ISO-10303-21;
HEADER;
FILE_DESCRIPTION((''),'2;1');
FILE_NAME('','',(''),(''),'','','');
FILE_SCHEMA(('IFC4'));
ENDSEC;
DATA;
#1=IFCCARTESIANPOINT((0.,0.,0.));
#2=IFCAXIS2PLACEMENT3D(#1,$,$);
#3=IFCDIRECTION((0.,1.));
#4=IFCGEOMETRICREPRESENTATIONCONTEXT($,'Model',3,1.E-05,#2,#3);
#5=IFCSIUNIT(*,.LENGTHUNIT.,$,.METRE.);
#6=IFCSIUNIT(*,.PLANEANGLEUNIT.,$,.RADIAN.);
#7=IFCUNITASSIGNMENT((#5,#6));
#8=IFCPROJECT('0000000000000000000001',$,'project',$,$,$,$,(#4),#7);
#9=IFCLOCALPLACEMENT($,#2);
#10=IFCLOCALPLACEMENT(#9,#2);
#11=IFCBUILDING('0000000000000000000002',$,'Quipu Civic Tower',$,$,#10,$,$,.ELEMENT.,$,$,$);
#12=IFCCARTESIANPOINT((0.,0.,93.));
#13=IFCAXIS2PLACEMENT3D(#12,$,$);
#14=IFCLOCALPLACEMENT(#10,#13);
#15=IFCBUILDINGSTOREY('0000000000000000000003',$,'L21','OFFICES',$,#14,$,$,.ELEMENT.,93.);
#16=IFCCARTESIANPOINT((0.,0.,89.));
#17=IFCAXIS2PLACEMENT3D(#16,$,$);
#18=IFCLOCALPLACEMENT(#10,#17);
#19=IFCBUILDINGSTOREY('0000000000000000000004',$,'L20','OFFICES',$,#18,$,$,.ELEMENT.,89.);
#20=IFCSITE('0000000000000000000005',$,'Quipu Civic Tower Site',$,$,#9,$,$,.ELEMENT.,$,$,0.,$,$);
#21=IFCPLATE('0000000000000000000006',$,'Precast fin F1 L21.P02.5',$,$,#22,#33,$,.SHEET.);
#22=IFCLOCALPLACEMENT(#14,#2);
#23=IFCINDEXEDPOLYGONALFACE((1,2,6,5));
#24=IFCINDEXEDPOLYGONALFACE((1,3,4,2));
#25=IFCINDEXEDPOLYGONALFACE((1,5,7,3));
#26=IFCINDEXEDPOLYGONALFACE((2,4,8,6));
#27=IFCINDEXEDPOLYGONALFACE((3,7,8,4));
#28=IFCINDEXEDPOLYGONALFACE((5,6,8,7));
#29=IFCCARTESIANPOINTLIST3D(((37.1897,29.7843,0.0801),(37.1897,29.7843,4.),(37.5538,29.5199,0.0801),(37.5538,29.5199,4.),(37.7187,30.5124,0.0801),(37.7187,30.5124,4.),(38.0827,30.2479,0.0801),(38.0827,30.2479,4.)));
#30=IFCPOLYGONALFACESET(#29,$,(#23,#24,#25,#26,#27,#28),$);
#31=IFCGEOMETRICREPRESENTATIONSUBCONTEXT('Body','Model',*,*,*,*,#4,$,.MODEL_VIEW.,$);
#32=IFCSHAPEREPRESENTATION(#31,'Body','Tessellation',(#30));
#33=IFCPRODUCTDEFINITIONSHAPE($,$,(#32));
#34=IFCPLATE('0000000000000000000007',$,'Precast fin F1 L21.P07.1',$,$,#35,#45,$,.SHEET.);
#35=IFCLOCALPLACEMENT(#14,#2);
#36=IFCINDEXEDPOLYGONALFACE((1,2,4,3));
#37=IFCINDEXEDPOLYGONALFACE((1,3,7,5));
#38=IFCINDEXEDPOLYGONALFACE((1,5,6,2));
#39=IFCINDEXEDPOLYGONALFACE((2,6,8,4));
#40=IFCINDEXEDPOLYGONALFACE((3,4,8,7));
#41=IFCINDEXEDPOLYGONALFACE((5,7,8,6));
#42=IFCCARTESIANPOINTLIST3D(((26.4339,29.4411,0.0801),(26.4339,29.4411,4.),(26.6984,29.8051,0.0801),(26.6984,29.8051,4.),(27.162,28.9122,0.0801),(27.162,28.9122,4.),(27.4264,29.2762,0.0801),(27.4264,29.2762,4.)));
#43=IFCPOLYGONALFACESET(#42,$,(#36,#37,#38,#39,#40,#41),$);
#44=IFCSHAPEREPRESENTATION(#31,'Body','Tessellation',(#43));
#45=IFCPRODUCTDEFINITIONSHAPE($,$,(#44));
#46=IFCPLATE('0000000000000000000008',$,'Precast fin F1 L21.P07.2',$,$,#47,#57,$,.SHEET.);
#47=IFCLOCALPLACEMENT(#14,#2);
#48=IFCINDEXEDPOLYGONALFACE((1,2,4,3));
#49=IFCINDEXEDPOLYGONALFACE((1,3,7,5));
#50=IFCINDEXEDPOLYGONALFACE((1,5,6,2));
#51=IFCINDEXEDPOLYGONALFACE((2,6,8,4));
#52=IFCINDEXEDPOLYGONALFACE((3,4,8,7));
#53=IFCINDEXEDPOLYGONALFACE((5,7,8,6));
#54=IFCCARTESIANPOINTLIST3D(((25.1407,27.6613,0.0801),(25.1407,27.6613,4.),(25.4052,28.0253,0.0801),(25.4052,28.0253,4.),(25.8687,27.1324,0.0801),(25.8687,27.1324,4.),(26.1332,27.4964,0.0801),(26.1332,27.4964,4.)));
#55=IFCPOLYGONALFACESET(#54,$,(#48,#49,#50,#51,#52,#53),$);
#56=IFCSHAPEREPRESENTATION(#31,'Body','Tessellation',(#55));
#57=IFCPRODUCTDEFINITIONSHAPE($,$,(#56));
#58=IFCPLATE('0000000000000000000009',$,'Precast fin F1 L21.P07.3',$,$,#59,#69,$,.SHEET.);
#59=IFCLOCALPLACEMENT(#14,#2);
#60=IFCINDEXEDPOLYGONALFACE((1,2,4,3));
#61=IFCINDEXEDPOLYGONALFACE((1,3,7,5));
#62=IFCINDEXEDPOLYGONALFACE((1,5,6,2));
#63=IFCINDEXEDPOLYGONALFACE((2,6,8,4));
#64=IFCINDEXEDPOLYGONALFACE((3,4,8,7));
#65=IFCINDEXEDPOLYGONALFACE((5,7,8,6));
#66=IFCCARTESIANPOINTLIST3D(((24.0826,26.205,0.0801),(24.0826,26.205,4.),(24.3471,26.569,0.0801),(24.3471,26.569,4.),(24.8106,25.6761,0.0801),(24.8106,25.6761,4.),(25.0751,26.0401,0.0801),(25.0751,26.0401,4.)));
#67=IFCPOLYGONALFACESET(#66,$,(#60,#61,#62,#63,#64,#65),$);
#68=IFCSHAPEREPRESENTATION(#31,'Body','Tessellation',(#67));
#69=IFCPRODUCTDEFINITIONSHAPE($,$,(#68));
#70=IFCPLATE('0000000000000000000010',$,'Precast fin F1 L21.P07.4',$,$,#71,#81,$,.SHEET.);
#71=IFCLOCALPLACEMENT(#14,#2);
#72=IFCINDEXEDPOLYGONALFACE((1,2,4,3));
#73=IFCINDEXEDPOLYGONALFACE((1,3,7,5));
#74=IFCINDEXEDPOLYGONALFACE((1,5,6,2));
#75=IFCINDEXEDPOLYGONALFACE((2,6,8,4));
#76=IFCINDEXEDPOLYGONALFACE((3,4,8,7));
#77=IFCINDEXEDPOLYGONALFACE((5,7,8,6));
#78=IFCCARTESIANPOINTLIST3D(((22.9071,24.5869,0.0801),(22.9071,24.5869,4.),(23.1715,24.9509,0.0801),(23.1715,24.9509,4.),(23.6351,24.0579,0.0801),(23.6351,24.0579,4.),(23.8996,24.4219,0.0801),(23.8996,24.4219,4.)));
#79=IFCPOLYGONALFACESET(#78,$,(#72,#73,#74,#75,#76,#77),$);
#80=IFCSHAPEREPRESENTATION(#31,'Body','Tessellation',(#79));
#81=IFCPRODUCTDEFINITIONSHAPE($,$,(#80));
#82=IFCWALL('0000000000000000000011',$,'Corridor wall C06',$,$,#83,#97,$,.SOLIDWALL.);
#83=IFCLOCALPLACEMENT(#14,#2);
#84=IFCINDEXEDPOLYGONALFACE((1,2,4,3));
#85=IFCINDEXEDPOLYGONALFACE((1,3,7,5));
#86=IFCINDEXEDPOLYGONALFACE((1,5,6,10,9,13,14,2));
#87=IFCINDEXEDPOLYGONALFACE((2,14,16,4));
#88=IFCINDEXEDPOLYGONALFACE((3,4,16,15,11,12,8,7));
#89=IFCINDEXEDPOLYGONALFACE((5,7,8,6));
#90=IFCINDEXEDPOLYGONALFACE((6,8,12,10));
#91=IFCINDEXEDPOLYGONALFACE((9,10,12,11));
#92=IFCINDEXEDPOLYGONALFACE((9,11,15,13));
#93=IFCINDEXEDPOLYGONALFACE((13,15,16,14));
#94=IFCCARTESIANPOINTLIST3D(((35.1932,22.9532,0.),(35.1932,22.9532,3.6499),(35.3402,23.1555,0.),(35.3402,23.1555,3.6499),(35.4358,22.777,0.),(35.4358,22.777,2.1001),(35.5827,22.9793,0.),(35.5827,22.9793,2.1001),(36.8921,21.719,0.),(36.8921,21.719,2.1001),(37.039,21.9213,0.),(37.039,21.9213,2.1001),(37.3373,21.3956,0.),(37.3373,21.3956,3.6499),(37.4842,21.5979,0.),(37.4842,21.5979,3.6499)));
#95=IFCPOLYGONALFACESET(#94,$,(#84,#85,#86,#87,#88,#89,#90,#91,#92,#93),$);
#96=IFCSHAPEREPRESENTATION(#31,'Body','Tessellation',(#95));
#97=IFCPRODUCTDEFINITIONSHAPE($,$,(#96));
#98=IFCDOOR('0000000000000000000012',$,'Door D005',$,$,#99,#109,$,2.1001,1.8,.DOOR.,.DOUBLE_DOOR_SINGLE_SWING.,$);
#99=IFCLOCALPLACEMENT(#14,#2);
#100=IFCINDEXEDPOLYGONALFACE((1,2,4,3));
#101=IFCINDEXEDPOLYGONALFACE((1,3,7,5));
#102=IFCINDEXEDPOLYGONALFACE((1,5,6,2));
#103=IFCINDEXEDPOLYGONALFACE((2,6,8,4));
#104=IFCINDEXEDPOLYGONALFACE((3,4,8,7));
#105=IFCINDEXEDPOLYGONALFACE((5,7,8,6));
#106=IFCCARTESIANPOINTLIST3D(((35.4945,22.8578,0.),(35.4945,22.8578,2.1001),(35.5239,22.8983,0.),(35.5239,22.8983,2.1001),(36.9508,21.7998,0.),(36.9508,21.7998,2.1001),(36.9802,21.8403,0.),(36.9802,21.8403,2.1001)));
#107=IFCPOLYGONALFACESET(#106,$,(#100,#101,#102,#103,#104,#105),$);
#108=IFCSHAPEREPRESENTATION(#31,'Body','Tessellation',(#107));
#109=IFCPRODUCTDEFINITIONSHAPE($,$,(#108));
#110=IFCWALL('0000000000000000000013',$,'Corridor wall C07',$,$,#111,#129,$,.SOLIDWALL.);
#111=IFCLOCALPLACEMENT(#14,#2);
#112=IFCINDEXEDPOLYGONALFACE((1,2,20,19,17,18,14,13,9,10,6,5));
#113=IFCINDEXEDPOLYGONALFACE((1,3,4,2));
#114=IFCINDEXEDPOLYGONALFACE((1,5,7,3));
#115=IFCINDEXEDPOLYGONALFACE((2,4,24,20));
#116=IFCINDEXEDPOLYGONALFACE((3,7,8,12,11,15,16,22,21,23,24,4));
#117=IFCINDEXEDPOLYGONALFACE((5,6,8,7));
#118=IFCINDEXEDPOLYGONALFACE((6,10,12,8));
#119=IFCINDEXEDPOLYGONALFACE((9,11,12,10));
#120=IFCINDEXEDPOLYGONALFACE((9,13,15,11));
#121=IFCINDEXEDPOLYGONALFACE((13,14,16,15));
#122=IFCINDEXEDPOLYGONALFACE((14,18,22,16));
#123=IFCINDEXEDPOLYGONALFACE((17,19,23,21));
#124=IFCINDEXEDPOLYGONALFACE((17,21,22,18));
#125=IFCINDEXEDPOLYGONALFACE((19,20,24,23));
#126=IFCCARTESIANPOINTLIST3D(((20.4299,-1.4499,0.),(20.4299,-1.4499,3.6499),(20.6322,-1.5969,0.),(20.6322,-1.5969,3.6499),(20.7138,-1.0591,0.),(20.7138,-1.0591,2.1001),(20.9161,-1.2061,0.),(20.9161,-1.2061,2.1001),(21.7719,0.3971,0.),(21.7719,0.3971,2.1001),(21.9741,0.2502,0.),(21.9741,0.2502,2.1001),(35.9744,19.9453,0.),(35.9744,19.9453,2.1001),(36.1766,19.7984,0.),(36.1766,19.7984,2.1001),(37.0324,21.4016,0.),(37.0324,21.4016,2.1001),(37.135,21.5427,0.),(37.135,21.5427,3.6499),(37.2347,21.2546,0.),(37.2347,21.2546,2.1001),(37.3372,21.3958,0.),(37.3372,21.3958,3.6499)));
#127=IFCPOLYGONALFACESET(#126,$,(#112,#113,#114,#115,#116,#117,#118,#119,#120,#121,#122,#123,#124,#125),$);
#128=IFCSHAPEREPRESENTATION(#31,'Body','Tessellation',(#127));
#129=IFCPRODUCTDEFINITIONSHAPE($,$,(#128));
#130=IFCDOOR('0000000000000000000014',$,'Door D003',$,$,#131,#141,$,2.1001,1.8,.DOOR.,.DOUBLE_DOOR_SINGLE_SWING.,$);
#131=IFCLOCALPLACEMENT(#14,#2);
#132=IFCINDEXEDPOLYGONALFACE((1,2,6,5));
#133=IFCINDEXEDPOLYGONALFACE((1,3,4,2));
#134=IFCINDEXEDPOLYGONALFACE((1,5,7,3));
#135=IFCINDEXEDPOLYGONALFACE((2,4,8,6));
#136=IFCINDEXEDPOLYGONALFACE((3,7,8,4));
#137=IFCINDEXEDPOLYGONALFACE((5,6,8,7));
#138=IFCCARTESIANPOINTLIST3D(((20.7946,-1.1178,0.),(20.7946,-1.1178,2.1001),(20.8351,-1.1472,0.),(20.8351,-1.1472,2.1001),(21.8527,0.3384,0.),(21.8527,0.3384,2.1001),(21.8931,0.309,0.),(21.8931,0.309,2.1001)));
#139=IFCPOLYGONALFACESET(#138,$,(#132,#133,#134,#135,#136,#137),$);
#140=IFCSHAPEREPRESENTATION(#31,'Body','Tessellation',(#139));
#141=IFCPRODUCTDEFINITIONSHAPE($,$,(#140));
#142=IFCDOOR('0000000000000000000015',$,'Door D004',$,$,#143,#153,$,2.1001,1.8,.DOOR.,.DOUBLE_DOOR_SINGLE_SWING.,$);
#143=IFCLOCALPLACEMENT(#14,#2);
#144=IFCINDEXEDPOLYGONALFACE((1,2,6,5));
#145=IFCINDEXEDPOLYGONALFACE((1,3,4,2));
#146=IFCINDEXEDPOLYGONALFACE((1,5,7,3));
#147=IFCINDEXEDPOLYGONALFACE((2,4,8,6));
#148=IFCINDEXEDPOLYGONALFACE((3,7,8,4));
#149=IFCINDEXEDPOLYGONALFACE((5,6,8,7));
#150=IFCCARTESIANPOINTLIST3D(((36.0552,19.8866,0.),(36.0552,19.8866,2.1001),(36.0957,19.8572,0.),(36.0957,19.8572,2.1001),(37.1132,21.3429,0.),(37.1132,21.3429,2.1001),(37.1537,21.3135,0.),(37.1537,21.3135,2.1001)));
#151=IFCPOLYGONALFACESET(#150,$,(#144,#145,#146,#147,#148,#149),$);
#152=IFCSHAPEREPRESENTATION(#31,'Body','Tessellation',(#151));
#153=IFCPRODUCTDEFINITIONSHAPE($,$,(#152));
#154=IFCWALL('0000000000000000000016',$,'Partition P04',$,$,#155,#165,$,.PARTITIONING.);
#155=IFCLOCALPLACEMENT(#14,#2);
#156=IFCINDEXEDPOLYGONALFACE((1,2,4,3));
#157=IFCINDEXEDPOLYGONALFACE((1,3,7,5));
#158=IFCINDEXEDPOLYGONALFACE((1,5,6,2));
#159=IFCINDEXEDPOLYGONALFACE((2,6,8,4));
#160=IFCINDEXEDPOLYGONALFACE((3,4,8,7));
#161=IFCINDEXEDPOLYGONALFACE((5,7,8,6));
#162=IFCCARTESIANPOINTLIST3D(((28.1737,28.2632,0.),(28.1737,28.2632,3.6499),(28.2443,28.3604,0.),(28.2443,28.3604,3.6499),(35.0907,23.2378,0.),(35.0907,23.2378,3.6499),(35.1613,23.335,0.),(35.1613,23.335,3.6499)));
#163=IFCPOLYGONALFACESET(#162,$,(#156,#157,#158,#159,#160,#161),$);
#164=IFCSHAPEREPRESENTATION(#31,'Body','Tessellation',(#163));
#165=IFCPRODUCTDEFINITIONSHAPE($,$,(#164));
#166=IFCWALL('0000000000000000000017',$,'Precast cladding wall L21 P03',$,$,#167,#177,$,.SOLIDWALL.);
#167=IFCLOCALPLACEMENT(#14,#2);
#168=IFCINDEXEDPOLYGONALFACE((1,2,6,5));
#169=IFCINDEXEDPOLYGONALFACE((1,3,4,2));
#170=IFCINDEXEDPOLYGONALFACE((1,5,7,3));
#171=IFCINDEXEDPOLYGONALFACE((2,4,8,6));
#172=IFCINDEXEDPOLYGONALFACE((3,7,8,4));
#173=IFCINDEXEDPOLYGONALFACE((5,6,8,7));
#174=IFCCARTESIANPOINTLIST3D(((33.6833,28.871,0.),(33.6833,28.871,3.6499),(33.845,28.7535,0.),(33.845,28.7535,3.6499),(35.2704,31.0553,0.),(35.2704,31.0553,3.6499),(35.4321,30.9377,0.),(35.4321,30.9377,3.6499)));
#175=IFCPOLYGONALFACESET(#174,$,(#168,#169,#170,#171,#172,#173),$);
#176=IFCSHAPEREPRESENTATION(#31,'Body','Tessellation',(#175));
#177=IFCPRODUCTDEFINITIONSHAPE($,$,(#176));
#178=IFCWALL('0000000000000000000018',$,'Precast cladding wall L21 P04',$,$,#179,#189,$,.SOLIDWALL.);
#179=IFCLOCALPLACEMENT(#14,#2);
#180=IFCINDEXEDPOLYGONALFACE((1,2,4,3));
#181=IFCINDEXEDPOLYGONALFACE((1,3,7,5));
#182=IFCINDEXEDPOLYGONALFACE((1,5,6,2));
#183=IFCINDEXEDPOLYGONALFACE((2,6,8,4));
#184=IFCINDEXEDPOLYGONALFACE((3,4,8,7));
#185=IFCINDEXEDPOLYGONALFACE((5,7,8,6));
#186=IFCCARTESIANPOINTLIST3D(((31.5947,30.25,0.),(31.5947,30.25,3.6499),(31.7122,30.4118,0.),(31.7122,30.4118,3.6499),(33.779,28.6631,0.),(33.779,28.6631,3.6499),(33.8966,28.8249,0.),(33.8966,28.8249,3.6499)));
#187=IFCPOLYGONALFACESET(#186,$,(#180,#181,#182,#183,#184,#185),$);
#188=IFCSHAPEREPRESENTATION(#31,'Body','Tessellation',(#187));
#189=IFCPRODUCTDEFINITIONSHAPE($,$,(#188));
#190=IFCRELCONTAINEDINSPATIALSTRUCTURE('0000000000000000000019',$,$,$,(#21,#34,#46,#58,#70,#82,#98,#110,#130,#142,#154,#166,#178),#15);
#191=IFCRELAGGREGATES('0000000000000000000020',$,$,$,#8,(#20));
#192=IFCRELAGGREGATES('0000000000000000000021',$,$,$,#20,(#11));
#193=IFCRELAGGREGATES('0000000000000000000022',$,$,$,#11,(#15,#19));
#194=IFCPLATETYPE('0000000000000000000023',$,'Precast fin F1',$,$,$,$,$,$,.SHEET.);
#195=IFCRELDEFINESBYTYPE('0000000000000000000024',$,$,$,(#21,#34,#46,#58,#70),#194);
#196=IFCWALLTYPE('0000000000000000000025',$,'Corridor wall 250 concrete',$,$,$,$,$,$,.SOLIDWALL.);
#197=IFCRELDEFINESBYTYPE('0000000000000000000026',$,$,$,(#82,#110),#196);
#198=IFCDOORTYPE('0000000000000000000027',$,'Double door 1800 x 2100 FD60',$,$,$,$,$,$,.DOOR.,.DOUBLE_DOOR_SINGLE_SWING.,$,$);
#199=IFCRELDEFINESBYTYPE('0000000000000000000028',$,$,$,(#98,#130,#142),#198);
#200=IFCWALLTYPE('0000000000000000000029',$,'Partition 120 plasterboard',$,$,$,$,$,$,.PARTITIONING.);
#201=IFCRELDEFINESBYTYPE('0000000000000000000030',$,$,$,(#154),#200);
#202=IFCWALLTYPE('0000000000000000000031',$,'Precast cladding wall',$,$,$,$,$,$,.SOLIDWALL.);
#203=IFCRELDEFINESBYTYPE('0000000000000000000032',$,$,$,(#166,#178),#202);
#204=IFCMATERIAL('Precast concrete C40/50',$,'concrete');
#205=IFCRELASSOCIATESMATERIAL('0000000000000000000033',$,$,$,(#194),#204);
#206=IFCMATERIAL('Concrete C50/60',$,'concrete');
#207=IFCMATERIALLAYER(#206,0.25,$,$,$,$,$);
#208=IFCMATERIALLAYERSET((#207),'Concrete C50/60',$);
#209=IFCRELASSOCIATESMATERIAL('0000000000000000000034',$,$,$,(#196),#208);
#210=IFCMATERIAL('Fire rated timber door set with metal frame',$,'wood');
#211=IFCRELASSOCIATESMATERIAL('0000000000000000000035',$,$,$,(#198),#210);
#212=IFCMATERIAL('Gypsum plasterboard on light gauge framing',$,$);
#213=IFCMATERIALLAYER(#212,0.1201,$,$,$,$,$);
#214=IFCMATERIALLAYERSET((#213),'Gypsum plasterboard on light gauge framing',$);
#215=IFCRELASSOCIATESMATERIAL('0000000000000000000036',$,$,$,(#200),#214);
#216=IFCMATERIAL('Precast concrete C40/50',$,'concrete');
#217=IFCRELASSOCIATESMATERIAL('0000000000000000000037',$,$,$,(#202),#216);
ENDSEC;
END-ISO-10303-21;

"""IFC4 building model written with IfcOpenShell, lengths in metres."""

from ifc_helpers import new_model, si_unit, direction, frame, frame_2d, origin, origin_2d, place, context, subcontext, project, spatial, rectangle, extrude, material, layer, layer_set, type_object, element, fill, save


model = new_model("IFC4")

# Units and contexts
model_context = context("Model", 3, precision=1e-05, world=origin(), true_north=direction((0.0, 1.0)))
body_context = subcontext(model_context, "Body", "Model", "MODEL_VIEW")
ifc_project = project(units=[si_unit("LENGTHUNIT", "METRE"), si_unit("PLANEANGLEUNIT", "RADIAN")], contexts=[model_context])

# Site, building, storey
site_placement = place(None, origin())
site = spatial("IfcSite", under=ifc_project, at=site_placement, Name="Quipu Civic Tower Site", CompositionType="ELEMENT", RefElevation=0.0)
building_placement = place(site_placement, origin())
building = spatial("IfcBuilding", under=site, at=building_placement, Name="Quipu Civic Tower", CompositionType="ELEMENT")
storey_1_placement = place(building_placement, frame((0.0, 0.0, 93.0)))
storey_1 = spatial("IfcBuildingStorey", under=building, at=storey_1_placement, Name="L21", Description="OFFICES", CompositionType="ELEMENT", Elevation=93.0)

# Shared definitions
storey_2_placement = place(building_placement, frame((0.0, 0.0, 89.0)))
storey_2 = spatial("IfcBuildingStorey", under=building, at=storey_2_placement, Name="L20", Description="OFFICES", CompositionType="ELEMENT", Elevation=89.0)

# Plates
ifc_material_1 = material(Name="Precast concrete C40/50", Category="concrete")
plate_type_1 = type_object("IfcPlateType", Name="Precast fin F1", PredefinedType="SHEET", material=ifc_material_1)
for number, where, z_axis, x_axis, name in (
    (1, (37.6362, 30.0161, 0.0801), (0.0, 0.0, 1.0), (-0.809017, 0.587785, 0.0), "Precast fin F1 L21.P02.5"),
    (2, (26.9302, 29.3586, 0.0801), (0.0, 0.0, 1.0), (-0.587787, -0.809016, 0.0), "Precast fin F1 L21.P07.1"),
    (3, (25.637, 27.5789, 0.0801), (0.0, 0.0, 1.0), (-0.587787, -0.809016, 0.0), "Precast fin F1 L21.P07.2"),
    (4, (24.5789, 26.1226, 0.0801), (0.0, 0.0, 1.0), (-0.587787, -0.809016, 0.0), "Precast fin F1 L21.P07.3"),
    (5, (23.4033, 24.5044, 0.0801), (0.0, 0.0, 1.0), (-0.587787, -0.809016, 0.0), "Precast fin F1 L21.P07.4"),
):
    element("IfcPlate", number, at=place(storey_1_placement, frame(where, z_axis=z_axis, x_axis=x_axis)), inside=storey_1, type_object=plate_type_1, Name=name, PredefinedType="SHEET", context=body_context, shape_type="SweptSolid", body=[
        extrude(rectangle(XDim=0.45, YDim=0.8999, at=origin_2d()), origin(), (0.0, 0.0, 1.0), 3.9199),
    ])

# Wall, opening, door
ifc_material_2 = material(Name="Concrete C50/60", Category="concrete")
ifc_layer_1 = layer(ifc_material_2, 0.25)
ifc_layer_set_1 = layer_set([ifc_layer_1], Name="Concrete C50/60")
wall_type_1 = type_object("IfcWallType", Name="Corridor wall 250 concrete", PredefinedType="SOLIDWALL", material=ifc_layer_set_1)
wall_1_placement = place(storey_1_placement, frame((35.2666, 23.0544, 0.0), z_axis=(0.0, 0.0, 1.0), x_axis=(0.809039, -0.587755, 0.0)))
wall_1 = element("IfcWall", 6, at=wall_1_placement, inside=storey_1, type_object=wall_type_1, Name="Corridor wall C06", PredefinedType="SOLIDWALL", context=body_context, shape_type="SweptSolid", body=[
    extrude(rectangle(XDim=2.6501, YDim=0.25, at=frame_2d((1.3252, 0.0))), origin(), (0.0, 0.0, 1.0), 3.6499),
])
opening_1_placement = place(wall_1_placement, frame((0.3, 0.0, 0.0)))
opening_1 = element("IfcOpeningElement", 7, at=opening_1_placement, cuts=wall_1, PredefinedType="OPENING", context=body_context, shape_type="SweptSolid", body=[
    extrude(rectangle(XDim=1.8, YDim=2.1001, at=frame_2d((0.8999, 1.05))), frame((0.0, 0.135, 0.0), z_axis=(0.0, -1.0, 0.0), x_axis=(1.0, 0.0, 0.0)), (0.0, 0.0, 1.0), 0.27),
])
ifc_material_3 = material(Name="Fire rated timber door set with metal frame", Category="wood")
door_type = type_object("IfcDoorType", Name="Double door 1800 x 2100 FD60", OperationType="DOUBLE_DOOR_SINGLE_SWING", PredefinedType="DOOR", material=ifc_material_3)
door_1_placement = place(opening_1_placement, origin())
door_1 = element("IfcDoor", 8, at=door_1_placement, inside=storey_1, type_object=door_type, Name="Door D005", OperationType="DOUBLE_DOOR_SINGLE_SWING", OverallHeight=2.1001, OverallWidth=1.8, PredefinedType="DOOR", context=body_context, shape_type="SweptSolid", body=[
    extrude(rectangle(XDim=1.8, YDim=2.1001, at=frame_2d((0.8999, 1.05))), frame((0.0, 0.0249, 0.0), z_axis=(0.0, -1.0, 0.0), x_axis=(1.0, 0.0, 0.0)), (0.0, 0.0, 1.0), 0.05),
])
fill(opening_1, door_1)

# Wall, openings, doors
wall_2_placement = place(storey_1_placement, frame((37.2361, 21.4692, 0.0), z_axis=(0.0, 0.0, 1.0), x_axis=(-0.587783, -0.809018, 0.0)))
wall_2 = element("IfcWall", 9, at=wall_2_placement, inside=storey_1, type_object=wall_type_1, Name="Corridor wall C07", PredefinedType="SOLIDWALL", context=body_context, shape_type="SweptSolid", body=[
    extrude(rectangle(XDim=28.4204, YDim=0.25, at=frame_2d((14.2102, 0.0))), origin(), (0.0, 0.0, 1.0), 3.6499),
])
opening_2_placement = place(wall_2_placement, frame((26.1375, 0.0, 0.0)))
opening_2 = element("IfcOpeningElement", 10, at=opening_2_placement, cuts=wall_2, PredefinedType="OPENING", context=body_context, shape_type="SweptSolid", body=[
    extrude(rectangle(XDim=1.8, YDim=2.1001, at=frame_2d((0.8999, 1.05))), frame((0.0, 0.135, 0.0), z_axis=(0.0, -1.0, 0.0), x_axis=(1.0, 0.0, 0.0)), (0.0, 0.0, 1.0), 0.27),
])
opening_3_placement = place(wall_2_placement, frame((0.1746, 0.0, 0.0)))
opening_3 = element("IfcOpeningElement", 11, at=opening_3_placement, cuts=wall_2, PredefinedType="OPENING", context=body_context, shape_type="SweptSolid", body=[
    extrude(rectangle(XDim=1.8, YDim=2.1001, at=frame_2d((0.8999, 1.05))), frame((0.0, 0.135, 0.0), z_axis=(0.0, -1.0, 0.0), x_axis=(1.0, 0.0, 0.0)), (0.0, 0.0, 1.0), 0.27),
])
door_2_placement = place(opening_2_placement, origin())
door_2 = element("IfcDoor", 12, at=door_2_placement, inside=storey_1, type_object=door_type, Name="Door D003", OperationType="DOUBLE_DOOR_SINGLE_SWING", OverallHeight=2.1001, OverallWidth=1.8, PredefinedType="DOOR", context=body_context, shape_type="SweptSolid", body=[
    extrude(rectangle(XDim=1.8, YDim=2.1001, at=frame_2d((0.8999, 1.05))), frame((0.0, 0.0249, 0.0), z_axis=(0.0, -1.0, 0.0), x_axis=(1.0, 0.0, 0.0)), (0.0, 0.0, 1.0), 0.05),
])
fill(opening_2, door_2)
door_3_placement = place(opening_3_placement, origin())
door_3 = element("IfcDoor", 13, at=door_3_placement, inside=storey_1, type_object=door_type, Name="Door D004", OperationType="DOUBLE_DOOR_SINGLE_SWING", OverallHeight=2.1001, OverallWidth=1.8, PredefinedType="DOOR", context=body_context, shape_type="SweptSolid", body=[
    extrude(rectangle(XDim=1.8, YDim=2.1001, at=frame_2d((0.8999, 1.05))), frame((0.0, 0.0249, 0.0), z_axis=(0.0, -1.0, 0.0), x_axis=(1.0, 0.0, 0.0)), (0.0, 0.0, 1.0), 0.05),
])
fill(opening_3, door_3)

# Walls
ifc_material_4 = material(Name="Gypsum plasterboard on light gauge framing")
ifc_layer_2 = layer(ifc_material_4, 0.1201)
ifc_layer_set_2 = layer_set([ifc_layer_2], Name="Gypsum plasterboard on light gauge framing")
wall_type_2 = type_object("IfcWallType", Name="Partition 120 plasterboard", PredefinedType="PARTITIONING", material=ifc_layer_set_2)
wall_3_placement = place(storey_1_placement, frame((35.126, 23.2864, 0.0), z_axis=(0.0, 0.0, 1.0), x_axis=(-0.809022, 0.587778, 0.0)))
element("IfcWall", 14, at=wall_3_placement, inside=storey_1, type_object=wall_type_2, Name="Partition P04", PredefinedType="PARTITIONING", context=body_context, shape_type="SweptSolid", body=[
    extrude(rectangle(XDim=8.5498, YDim=0.1201, at=frame_2d((4.2749, 0.0))), origin(), (0.0, 0.0, 1.0), 3.6499),
])
ifc_material_5 = material(Name="Precast concrete C40/50", Category="concrete")
wall_type_3 = type_object("IfcWallType", Name="Precast cladding wall", PredefinedType="SOLIDWALL", material=ifc_material_5)
for number, where, z_axis, x_axis, name in (
    (15, (35.3513, 30.9966, 0.0), (0.0, 0.0, 1.0), (-0.587822, -0.80899, 0.0), "Precast cladding wall L21 P03"),
    (16, (33.8379, 28.7439, 0.0), (0.0, 0.0, 1.0), (-0.809033, 0.587763, 0.0), "Precast cladding wall L21 P04"),
):
    element("IfcWall", number, at=place(storey_1_placement, frame(where, z_axis=z_axis, x_axis=x_axis)), inside=storey_1, type_object=wall_type_3, Name=name, PredefinedType="SOLIDWALL", context=body_context, shape_type="SweptSolid", body=[
        extrude(rectangle(XDim=2.7, YDim=0.2, at=frame_2d((1.3501, 0.0))), origin(), (0.0, 0.0, 1.0), 3.6499),
    ])

save(model, "model.ifc")
